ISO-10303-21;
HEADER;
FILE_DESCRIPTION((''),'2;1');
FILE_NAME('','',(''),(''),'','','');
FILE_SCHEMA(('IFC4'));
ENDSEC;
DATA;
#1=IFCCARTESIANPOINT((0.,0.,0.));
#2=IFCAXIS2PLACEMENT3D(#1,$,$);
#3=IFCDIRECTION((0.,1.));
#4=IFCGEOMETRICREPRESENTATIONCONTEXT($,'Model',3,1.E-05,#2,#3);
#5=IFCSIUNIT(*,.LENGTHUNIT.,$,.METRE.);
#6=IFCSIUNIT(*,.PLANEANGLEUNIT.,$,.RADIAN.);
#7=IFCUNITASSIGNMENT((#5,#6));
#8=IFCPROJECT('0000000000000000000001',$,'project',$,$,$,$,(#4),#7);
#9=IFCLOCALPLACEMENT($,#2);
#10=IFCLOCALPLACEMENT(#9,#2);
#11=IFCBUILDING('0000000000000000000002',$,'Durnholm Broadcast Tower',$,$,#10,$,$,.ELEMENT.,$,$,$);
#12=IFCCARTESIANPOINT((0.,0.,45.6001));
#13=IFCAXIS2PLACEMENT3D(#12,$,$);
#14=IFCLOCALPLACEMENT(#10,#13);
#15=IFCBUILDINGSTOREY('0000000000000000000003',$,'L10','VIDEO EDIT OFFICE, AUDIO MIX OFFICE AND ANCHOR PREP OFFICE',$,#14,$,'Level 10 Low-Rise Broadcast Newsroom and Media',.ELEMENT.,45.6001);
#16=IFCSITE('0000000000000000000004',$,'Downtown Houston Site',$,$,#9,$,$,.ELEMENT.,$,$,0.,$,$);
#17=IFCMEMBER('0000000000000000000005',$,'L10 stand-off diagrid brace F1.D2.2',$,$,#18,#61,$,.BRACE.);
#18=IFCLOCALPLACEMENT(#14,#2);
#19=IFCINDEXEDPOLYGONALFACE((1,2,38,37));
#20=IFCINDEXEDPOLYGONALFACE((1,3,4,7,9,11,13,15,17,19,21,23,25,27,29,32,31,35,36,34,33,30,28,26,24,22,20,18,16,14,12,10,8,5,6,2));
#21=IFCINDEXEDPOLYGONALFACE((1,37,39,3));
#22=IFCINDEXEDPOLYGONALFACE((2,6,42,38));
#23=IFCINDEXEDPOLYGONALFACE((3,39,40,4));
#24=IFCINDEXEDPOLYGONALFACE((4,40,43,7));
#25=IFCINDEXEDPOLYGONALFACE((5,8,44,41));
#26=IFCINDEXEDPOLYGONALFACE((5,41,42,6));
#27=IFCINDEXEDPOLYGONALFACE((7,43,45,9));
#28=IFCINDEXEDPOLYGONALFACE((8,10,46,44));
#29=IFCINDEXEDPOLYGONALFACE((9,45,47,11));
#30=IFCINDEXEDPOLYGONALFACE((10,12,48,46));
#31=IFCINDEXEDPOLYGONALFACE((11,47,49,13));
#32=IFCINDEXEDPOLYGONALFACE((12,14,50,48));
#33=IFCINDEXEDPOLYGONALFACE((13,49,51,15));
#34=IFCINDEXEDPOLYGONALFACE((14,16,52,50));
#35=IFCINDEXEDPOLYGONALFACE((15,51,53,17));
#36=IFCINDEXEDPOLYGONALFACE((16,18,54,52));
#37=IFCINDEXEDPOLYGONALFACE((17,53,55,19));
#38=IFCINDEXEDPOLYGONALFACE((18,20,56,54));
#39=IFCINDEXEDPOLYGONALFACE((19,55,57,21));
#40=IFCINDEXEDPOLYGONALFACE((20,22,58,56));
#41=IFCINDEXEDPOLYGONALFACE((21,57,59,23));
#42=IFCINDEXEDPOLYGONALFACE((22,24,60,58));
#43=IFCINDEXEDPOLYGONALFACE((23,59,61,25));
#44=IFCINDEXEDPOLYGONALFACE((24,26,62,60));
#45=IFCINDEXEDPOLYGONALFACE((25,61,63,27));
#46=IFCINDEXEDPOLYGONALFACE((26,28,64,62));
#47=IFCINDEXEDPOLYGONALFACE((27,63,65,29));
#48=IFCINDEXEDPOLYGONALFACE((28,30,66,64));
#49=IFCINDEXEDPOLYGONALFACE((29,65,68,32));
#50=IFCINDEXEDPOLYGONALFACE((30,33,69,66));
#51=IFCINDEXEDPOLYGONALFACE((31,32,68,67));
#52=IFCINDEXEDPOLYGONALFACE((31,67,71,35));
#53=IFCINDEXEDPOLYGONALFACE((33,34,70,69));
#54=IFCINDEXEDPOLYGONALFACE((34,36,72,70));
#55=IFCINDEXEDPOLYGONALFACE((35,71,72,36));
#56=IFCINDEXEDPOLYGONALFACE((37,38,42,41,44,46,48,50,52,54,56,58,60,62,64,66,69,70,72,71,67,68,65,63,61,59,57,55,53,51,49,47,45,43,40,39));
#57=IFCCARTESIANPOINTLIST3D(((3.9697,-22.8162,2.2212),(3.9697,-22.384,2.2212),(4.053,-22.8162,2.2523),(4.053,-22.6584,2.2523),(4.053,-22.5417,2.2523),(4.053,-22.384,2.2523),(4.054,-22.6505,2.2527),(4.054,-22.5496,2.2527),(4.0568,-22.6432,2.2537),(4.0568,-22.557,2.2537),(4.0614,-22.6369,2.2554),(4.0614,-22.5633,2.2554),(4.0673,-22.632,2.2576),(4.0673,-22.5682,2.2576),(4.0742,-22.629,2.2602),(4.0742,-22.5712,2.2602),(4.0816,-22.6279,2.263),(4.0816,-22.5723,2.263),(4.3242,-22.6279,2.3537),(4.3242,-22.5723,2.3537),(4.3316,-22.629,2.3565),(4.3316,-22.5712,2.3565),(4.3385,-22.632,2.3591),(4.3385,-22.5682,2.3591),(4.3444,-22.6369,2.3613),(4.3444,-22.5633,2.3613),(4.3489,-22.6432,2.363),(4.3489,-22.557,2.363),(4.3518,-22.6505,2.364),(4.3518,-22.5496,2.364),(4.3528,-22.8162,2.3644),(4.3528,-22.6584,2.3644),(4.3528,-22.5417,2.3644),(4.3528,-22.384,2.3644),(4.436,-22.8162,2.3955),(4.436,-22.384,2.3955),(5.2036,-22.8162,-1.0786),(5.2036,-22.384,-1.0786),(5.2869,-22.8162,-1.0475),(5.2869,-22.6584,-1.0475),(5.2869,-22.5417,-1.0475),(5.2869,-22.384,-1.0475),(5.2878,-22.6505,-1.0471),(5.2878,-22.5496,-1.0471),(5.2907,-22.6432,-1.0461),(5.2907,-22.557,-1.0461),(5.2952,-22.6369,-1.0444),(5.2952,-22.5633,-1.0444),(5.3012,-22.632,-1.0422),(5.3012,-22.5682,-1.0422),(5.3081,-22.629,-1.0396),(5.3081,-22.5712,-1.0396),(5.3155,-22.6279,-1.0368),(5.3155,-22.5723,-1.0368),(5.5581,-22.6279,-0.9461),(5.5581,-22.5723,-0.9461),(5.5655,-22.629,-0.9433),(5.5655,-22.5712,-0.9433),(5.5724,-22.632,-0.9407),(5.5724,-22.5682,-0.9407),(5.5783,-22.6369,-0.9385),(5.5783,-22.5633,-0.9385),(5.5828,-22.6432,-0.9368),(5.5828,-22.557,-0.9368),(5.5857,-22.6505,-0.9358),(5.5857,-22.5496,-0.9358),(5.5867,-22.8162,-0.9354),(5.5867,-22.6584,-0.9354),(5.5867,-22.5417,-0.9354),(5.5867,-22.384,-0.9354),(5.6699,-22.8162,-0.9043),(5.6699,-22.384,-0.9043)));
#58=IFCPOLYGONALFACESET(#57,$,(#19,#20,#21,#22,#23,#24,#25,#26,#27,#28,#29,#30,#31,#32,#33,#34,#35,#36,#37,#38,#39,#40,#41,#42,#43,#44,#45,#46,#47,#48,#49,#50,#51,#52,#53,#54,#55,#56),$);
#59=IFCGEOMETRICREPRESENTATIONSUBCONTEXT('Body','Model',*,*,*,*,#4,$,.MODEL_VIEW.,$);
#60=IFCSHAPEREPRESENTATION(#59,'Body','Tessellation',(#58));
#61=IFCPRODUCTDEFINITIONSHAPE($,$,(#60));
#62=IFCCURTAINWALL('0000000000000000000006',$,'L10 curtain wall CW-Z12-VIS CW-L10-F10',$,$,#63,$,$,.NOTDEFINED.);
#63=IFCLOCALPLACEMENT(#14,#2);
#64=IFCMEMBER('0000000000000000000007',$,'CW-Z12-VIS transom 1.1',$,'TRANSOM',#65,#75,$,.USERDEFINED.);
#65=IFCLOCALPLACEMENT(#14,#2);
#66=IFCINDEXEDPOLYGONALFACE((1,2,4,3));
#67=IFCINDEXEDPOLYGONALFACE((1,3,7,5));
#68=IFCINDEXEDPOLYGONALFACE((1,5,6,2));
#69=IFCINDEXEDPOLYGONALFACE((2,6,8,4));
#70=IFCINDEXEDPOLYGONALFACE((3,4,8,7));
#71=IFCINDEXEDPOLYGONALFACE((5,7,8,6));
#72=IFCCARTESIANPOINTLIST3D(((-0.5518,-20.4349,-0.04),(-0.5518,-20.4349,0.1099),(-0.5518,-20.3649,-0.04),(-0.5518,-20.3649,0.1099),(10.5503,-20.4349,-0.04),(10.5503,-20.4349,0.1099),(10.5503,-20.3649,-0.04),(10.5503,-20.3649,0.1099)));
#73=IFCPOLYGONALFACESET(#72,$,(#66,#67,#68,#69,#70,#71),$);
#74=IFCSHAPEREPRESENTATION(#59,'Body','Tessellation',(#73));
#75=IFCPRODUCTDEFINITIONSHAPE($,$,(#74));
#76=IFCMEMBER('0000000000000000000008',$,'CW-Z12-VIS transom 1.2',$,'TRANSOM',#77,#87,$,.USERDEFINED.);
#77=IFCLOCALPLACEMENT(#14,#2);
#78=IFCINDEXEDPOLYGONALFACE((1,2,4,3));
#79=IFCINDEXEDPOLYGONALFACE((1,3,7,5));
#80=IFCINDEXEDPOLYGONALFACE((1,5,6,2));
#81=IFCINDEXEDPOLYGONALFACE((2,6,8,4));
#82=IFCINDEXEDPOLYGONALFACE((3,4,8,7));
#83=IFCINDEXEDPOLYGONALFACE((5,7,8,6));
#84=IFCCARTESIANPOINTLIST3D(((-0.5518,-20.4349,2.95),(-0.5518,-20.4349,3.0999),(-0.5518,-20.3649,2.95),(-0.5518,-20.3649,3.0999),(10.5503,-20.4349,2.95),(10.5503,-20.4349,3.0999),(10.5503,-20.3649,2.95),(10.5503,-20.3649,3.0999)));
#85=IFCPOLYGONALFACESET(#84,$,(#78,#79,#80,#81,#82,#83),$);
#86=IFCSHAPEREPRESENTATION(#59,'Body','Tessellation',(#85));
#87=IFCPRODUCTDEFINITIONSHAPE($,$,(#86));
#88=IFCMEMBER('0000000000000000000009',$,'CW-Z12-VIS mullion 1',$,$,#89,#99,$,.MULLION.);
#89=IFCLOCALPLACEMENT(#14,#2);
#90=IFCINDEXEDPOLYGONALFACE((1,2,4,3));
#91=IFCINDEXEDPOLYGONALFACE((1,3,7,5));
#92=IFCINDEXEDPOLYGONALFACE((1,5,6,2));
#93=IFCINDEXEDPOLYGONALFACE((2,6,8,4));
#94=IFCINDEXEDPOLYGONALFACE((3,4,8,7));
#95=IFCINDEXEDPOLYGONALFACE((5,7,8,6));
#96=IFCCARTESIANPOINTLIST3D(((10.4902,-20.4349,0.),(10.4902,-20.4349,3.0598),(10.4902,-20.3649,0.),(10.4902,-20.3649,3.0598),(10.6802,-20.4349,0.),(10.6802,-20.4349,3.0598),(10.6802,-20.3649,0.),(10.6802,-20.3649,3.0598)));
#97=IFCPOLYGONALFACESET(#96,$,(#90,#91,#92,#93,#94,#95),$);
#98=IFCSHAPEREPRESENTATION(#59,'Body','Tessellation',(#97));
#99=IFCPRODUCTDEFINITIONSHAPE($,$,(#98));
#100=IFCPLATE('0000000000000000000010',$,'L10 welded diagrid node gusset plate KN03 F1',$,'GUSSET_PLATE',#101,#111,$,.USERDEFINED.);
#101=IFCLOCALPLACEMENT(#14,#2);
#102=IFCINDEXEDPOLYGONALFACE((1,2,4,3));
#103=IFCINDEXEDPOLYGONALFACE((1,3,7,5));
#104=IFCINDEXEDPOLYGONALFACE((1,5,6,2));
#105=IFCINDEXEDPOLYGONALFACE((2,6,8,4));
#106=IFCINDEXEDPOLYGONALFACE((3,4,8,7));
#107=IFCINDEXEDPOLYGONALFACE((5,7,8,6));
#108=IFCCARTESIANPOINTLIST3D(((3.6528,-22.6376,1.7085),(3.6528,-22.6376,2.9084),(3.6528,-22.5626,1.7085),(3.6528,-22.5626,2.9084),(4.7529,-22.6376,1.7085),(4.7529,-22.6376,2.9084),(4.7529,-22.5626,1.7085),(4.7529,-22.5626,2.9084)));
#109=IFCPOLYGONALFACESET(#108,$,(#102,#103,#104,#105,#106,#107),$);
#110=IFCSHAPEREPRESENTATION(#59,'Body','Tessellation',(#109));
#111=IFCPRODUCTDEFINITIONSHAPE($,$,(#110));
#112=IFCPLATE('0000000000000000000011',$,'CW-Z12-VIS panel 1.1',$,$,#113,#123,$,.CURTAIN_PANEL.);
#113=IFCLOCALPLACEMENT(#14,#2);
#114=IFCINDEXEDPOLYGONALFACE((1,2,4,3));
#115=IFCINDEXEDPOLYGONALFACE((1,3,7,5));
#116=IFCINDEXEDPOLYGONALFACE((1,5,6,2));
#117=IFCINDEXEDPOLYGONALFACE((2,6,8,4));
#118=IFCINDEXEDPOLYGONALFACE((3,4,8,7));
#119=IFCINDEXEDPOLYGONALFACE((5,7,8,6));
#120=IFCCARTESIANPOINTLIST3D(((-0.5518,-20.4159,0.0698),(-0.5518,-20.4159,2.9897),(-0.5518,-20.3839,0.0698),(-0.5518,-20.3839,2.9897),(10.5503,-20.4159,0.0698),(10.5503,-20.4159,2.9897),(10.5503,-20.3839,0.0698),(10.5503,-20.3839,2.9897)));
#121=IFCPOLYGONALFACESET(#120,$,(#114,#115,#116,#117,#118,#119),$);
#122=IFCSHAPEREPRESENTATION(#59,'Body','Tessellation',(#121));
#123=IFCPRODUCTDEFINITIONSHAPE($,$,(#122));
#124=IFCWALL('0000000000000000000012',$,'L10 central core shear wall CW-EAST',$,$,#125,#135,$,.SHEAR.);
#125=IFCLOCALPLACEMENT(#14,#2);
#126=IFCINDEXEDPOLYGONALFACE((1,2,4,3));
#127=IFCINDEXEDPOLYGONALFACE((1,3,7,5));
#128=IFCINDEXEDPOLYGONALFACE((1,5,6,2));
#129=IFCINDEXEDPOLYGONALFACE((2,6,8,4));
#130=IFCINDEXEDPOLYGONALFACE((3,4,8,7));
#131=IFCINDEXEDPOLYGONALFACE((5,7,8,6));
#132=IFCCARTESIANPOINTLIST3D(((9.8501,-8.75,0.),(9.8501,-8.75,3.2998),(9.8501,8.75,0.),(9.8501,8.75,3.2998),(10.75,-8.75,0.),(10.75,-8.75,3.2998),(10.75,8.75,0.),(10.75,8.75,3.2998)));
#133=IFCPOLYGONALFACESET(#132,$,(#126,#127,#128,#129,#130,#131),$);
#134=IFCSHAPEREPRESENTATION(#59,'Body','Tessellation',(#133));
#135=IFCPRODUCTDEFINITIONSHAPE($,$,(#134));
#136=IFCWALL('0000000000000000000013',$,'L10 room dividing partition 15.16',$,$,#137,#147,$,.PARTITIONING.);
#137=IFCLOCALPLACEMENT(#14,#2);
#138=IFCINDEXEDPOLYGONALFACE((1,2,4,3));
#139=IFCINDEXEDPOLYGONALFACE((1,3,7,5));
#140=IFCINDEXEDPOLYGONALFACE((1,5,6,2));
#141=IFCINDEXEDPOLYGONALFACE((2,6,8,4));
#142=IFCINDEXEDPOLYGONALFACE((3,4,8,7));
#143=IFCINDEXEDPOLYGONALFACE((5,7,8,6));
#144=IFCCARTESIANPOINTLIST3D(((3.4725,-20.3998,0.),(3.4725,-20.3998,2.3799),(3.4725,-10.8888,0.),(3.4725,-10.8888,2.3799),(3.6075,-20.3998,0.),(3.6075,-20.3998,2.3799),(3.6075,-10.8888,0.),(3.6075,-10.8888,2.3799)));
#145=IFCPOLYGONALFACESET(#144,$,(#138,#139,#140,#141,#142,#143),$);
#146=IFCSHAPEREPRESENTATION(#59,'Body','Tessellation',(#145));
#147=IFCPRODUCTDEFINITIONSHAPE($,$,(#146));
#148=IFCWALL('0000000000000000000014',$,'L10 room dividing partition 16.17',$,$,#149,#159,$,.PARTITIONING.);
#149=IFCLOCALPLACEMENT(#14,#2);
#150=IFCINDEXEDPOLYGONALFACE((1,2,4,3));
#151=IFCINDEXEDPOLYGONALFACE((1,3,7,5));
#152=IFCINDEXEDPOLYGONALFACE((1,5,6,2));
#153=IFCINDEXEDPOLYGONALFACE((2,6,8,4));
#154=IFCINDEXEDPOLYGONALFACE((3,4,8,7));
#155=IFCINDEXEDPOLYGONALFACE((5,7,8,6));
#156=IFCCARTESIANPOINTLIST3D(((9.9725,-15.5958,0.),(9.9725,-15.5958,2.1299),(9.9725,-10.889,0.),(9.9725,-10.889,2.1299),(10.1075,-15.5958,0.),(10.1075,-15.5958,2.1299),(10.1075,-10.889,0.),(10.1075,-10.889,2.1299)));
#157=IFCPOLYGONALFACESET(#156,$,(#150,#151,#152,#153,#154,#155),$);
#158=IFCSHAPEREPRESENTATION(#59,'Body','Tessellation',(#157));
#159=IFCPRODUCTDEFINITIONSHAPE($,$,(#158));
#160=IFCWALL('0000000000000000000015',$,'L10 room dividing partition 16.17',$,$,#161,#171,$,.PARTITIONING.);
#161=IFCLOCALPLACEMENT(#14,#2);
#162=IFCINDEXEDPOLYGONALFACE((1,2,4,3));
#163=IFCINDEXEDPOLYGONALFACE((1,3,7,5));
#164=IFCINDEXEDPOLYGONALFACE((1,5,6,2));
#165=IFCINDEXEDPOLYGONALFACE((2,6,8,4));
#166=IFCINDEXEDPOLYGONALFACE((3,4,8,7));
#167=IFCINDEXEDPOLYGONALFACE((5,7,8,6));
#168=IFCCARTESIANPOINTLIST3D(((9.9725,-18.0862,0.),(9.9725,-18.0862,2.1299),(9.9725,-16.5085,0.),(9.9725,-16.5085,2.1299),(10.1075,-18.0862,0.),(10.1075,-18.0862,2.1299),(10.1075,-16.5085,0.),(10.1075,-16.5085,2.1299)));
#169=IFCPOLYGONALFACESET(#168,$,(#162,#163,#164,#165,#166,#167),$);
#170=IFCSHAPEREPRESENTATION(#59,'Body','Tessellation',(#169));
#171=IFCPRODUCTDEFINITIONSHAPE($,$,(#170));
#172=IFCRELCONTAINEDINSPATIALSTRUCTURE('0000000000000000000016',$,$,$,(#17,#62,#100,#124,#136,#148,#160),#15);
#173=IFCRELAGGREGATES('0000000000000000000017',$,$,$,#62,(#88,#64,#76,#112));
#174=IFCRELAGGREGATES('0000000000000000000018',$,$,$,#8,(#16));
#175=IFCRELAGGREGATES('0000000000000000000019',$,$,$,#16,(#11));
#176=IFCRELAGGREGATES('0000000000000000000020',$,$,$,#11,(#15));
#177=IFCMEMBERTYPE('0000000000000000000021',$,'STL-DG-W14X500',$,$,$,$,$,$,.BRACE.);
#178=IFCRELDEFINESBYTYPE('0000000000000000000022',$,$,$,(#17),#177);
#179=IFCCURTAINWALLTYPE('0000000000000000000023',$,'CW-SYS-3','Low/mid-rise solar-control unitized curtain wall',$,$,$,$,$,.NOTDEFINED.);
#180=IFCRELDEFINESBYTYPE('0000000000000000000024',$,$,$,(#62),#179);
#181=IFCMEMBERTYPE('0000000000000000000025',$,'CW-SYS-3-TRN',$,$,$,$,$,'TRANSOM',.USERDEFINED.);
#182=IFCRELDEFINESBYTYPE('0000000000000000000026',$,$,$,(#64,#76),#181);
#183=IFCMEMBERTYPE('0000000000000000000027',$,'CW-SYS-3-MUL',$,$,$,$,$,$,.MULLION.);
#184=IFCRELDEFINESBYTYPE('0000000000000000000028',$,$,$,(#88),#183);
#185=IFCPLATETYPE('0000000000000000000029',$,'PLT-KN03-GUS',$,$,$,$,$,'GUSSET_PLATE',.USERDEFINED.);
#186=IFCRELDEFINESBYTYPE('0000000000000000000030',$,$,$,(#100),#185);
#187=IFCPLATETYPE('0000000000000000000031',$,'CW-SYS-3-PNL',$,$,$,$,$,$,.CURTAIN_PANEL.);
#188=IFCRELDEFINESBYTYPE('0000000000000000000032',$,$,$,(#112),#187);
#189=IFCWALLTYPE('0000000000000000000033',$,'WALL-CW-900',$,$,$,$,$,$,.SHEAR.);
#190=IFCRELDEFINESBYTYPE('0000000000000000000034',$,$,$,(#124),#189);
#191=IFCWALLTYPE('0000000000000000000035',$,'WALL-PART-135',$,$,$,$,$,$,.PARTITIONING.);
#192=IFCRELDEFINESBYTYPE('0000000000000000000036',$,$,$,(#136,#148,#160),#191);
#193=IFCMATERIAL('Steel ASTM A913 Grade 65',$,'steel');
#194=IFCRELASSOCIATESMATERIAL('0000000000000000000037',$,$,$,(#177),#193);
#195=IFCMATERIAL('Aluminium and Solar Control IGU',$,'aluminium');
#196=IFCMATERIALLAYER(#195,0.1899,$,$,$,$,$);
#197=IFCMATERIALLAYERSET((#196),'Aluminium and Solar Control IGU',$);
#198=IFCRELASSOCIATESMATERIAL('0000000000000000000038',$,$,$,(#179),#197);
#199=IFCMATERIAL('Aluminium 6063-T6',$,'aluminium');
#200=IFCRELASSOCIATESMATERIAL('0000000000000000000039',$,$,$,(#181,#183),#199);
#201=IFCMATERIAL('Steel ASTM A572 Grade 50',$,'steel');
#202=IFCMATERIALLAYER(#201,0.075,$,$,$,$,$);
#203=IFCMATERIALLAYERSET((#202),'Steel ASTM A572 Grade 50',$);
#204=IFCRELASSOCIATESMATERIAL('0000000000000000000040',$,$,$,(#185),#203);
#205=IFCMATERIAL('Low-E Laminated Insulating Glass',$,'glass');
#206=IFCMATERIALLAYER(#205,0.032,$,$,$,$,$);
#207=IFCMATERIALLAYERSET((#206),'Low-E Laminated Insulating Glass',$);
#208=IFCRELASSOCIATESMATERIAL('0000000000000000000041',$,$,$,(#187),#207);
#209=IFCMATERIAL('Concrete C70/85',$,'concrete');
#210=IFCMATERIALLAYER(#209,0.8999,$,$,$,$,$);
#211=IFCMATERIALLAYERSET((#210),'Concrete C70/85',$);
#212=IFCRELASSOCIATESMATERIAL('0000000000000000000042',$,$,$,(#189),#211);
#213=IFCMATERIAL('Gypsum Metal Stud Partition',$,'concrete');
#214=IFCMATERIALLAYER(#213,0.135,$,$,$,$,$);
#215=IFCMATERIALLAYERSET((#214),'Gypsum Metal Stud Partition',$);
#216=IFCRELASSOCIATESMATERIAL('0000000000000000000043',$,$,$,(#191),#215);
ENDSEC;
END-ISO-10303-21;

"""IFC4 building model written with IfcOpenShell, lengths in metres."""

from ifc_helpers import new_model, si_unit, direction, frame, frame_2d, origin, origin_2d, place, context, subcontext, project, spatial, rectangle, i_section, extrude, source, transform, mapped, material, layer, layer_set, material_profile, profile_set, type_object, type_shapes, element, aggregate, save


model = new_model("IFC4")

# Units and contexts
model_context = context("Model", 3, precision=1e-05, world=origin(), true_north=direction((0.0, 1.0)))
body_context = subcontext(model_context, "Body", "Model", "MODEL_VIEW")
ifc_project = project(units=[si_unit("LENGTHUNIT", "METRE"), si_unit("PLANEANGLEUNIT", "RADIAN")], contexts=[model_context])

# Site, building, storey
site_placement = place(None, origin())
site = spatial("IfcSite", under=ifc_project, at=site_placement, Name="Downtown Houston Site", CompositionType="ELEMENT", RefElevation=0.0)
building_placement = place(site_placement, origin())
building = spatial("IfcBuilding", under=site, at=building_placement, Name="Durnholm Broadcast Tower", CompositionType="ELEMENT")
storey_placement = place(building_placement, frame((0.0, 0.0, 45.6001)))
storey = spatial("IfcBuildingStorey", under=building, at=storey_placement, Name="L10", Description="VIDEO EDIT OFFICE, AUDIO MIX OFFICE AND ANCHOR PREP OFFICE", LongName="Level 10 Low-Rise Broadcast Newsroom and Media", CompositionType="ELEMENT", Elevation=45.6001)

# Shared definitions
ifc_material_1 = material(Name="Concrete C70/85", Category="concrete")

# Member
ifc_material_2 = material(Name="Steel ASTM A913 Grade 65", Category="steel")
ifc_material_profile_1 = material_profile(ifc_material_2, i_section(OverallWidth=0.4321, OverallDepth=0.4978, WebThickness=0.0557, FlangeThickness=0.0889, FilletRadius=0.0305, at=origin_2d()), Name="W14X500")
ifc_profile_set_1 = profile_set([ifc_material_profile_1], Name="Steel ASTM A913 Grade 65")
member_type_1 = type_object("IfcMemberType", Name="STL-DG-W14X500", PredefinedType="BRACE", material=ifc_profile_set_1)
shared_shape_1 = source(origin(), body_context, "Body", "SweptSolid", [
    extrude(i_section(OverallWidth=0.4321, OverallDepth=0.4978, WebThickness=0.0557, FlangeThickness=0.0889, FilletRadius=0.0305, at=origin_2d()), origin(), (0.0, 0.0, 1.0), 3.5229),
])
type_shapes(member_type_1, [shared_shape_1])
for number, where, z_axis, x_axis, name in (
    (1, (5.4368, -22.6001, -0.9915), (-0.350242, 0.0, 0.936659), (0.0, -1.0, 0.0), "L10 stand-off diagrid brace F1.D2.2"),
):
    element("IfcMember", number, at=place(storey_placement, frame(where, z_axis=z_axis, x_axis=x_axis)), inside=storey, type_object=member_type_1, Name=name, PredefinedType="BRACE", context=body_context, shape_type="MappedRepresentation", body=[
        mapped(shared_shape_1, transform((0.0, 0.0, 0.0), x_axis=(1.0, 0.0, 0.0), y_axis=(0.0, 1.0, 0.0), z_axis=(0.0, 0.0, 1.0), scale=1.0)),
    ])

# Curtain wall, members
ifc_material_3 = material(Name="Aluminium and Solar Control IGU", Category="aluminium")
ifc_layer_1 = layer(ifc_material_3, 0.1899)
ifc_layer_set_1 = layer_set([ifc_layer_1], Name="Aluminium and Solar Control IGU")
curtain_wall_type = type_object("IfcCurtainWallType", Name="CW-SYS-3", Description="Low/mid-rise solar-control unitized curtain wall", PredefinedType="NOTDEFINED", material=ifc_layer_set_1)
curtain_wall_placement = place(storey_placement, origin())
curtain_wall = element("IfcCurtainWall", 2, at=curtain_wall_placement, inside=storey, type_object=curtain_wall_type, Name="L10 curtain wall CW-Z12-VIS CW-L10-F10", PredefinedType="NOTDEFINED")
ifc_material_4 = material(Name="Aluminium 6063-T6", Category="aluminium")
ifc_material_profile_2 = material_profile(ifc_material_4, rectangle(XDim=0.0701, YDim=0.1499, at=origin_2d()), Name="CWT70X150")
ifc_profile_set_2 = profile_set([ifc_material_profile_2], Name="Aluminium 6063-T6")
member_type_2 = type_object("IfcMemberType", Name="CW-SYS-3-TRN", ElementType="TRANSOM", PredefinedType="USERDEFINED", material=ifc_profile_set_2)
shared_shape_2 = source(origin(), body_context, "Body", "SweptSolid", [
    extrude(rectangle(XDim=0.0701, YDim=0.1499, at=origin_2d()), origin(), (0.0, 0.0, 1.0), 11.1021),
])
type_shapes(member_type_2, [shared_shape_2])
member_1_placement = place(storey_placement, frame((10.5503, -20.3999, 0.0349), z_axis=(-1.0, 0.0, 0.0), x_axis=(0.0, -1.0, 0.0)))
member_1 = element("IfcMember", 3, at=member_1_placement, type_object=member_type_2, Name="CW-Z12-VIS transom 1.1", ObjectType="TRANSOM", PredefinedType="USERDEFINED", context=body_context, shape_type="MappedRepresentation", body=[
    mapped(shared_shape_2, transform((0.0, 0.0, 0.0), x_axis=(1.0, 0.0, 0.0), y_axis=(0.0, 1.0, 0.0), z_axis=(0.0, 0.0, 1.0), scale=1.0)),
])
member_2_placement = place(storey_placement, frame((10.5503, -20.3999, 3.0249), z_axis=(-1.0, 0.0, 0.0), x_axis=(0.0, -1.0, 0.0)))
member_2 = element("IfcMember", 4, at=member_2_placement, type_object=member_type_2, Name="CW-Z12-VIS transom 1.2", ObjectType="TRANSOM", PredefinedType="USERDEFINED", context=body_context, shape_type="MappedRepresentation", body=[
    mapped(shared_shape_2, transform((0.0, 0.0, 0.0), x_axis=(1.0, 0.0, 0.0), y_axis=(0.0, 1.0, 0.0), z_axis=(0.0, 0.0, 1.0), scale=1.0)),
])
ifc_material_profile_3 = material_profile(ifc_material_4, rectangle(XDim=0.0701, YDim=0.1899, at=origin_2d()), Name="CWM70X190")
ifc_profile_set_3 = profile_set([ifc_material_profile_3], Name="Aluminium 6063-T6")
member_type_3 = type_object("IfcMemberType", Name="CW-SYS-3-MUL", PredefinedType="MULLION", material=ifc_profile_set_3)
shared_shape_3 = source(origin(), body_context, "Body", "SweptSolid", [
    extrude(rectangle(XDim=0.0701, YDim=0.1899, at=origin_2d()), origin(), (0.0, 0.0, 1.0), 3.0598),
])
type_shapes(member_type_3, [shared_shape_3])
member_3_placement = place(storey_placement, frame((10.5852, -20.3999, 0.0), z_axis=(0.0, 0.0, 1.0), x_axis=(0.0, -1.0, 0.0)))
member_3 = element("IfcMember", 5, at=member_3_placement, type_object=member_type_3, Name="CW-Z12-VIS mullion 1", PredefinedType="MULLION", context=body_context, shape_type="MappedRepresentation", body=[
    mapped(shared_shape_3, transform((0.0, 0.0, 0.0), x_axis=(1.0, 0.0, 0.0), y_axis=(0.0, 1.0, 0.0), z_axis=(0.0, 0.0, 1.0), scale=1.0)),
])

# Plates
ifc_material_5 = material(Name="Steel ASTM A572 Grade 50", Category="steel")
ifc_layer_2 = layer(ifc_material_5, 0.075)
ifc_layer_set_2 = layer_set([ifc_layer_2], Name="Steel ASTM A572 Grade 50")
plate_type_1 = type_object("IfcPlateType", Name="PLT-KN03-GUS", ElementType="GUSSET_PLATE", PredefinedType="USERDEFINED", material=ifc_layer_set_2)
shared_shape_4 = source(origin(), body_context, "Body", "SweptSolid", [
    extrude(rectangle(XDim=1.1001, YDim=0.075, at=origin_2d()), origin(), (0.0, 0.0, 1.0), 1.2),
])
type_shapes(plate_type_1, [shared_shape_4])
plate_1_placement = place(storey_placement, frame((4.2029, -22.6001, 1.7085), z_axis=(0.0, 0.0, 1.0), x_axis=(1.0, 0.0, 0.0)))
element("IfcPlate", 6, at=plate_1_placement, inside=storey, type_object=plate_type_1, Name="L10 welded diagrid node gusset plate KN03 F1", ObjectType="GUSSET_PLATE", PredefinedType="USERDEFINED", context=body_context, shape_type="MappedRepresentation", body=[
    mapped(shared_shape_4, transform((0.0, 0.0, 0.0), x_axis=(1.0, 0.0, 0.0), y_axis=(0.0, 1.0, 0.0), z_axis=(0.0, 0.0, 1.0), scale=1.0)),
])
ifc_material_6 = material(Name="Low-E Laminated Insulating Glass", Category="glass")
ifc_layer_3 = layer(ifc_material_6, 0.032)
ifc_layer_set_3 = layer_set([ifc_layer_3], Name="Low-E Laminated Insulating Glass")
plate_type_2 = type_object("IfcPlateType", Name="CW-SYS-3-PNL", PredefinedType="CURTAIN_PANEL", material=ifc_layer_set_3)
shared_shape_5 = source(origin(), body_context, "Body", "SweptSolid", [
    extrude(rectangle(XDim=11.1021, YDim=0.032, at=origin_2d()), origin(), (0.0, 0.0, 1.0), 2.9199),
])
type_shapes(plate_type_2, [shared_shape_5])
plate_2_placement = place(storey_placement, frame((4.9993, -20.3999, 0.0698), z_axis=(0.0, 0.0, 1.0), x_axis=(-1.0, 0.0, 0.0)))
plate_2 = element("IfcPlate", 7, at=plate_2_placement, type_object=plate_type_2, Name="CW-Z12-VIS panel 1.1", PredefinedType="CURTAIN_PANEL", context=body_context, shape_type="MappedRepresentation", body=[
    mapped(shared_shape_5, transform((0.0, 0.0, 0.0), x_axis=(1.0, 0.0, 0.0), y_axis=(0.0, 1.0, 0.0), z_axis=(0.0, 0.0, 1.0), scale=1.0)),
])
aggregate(curtain_wall, [member_3, member_1, member_2, plate_2])

# Walls
ifc_layer_4 = layer(ifc_material_1, 0.8999)
ifc_layer_set_4 = layer_set([ifc_layer_4], Name="Concrete C70/85")
wall_type_1 = type_object("IfcWallType", Name="WALL-CW-900", PredefinedType="SHEAR", material=ifc_layer_set_4)
wall_1_placement = place(storey_placement, frame((10.3, -8.75, 0.0), z_axis=(0.0, 0.0, 1.0), x_axis=(0.0, 1.0, 0.0)))
element("IfcWall", 8, at=wall_1_placement, inside=storey, type_object=wall_type_1, Name="L10 central core shear wall CW-EAST", PredefinedType="SHEAR", context=body_context, shape_type="SweptSolid", body=[
    extrude(rectangle(XDim=17.5, YDim=0.8999, at=frame_2d((8.75, 0.0))), origin(), (0.0, 0.0, 1.0), 3.2998),
])
ifc_material_7 = material(Name="Gypsum Metal Stud Partition", Category="concrete")
ifc_layer_5 = layer(ifc_material_7, 0.135)
ifc_layer_set_5 = layer_set([ifc_layer_5], Name="Gypsum Metal Stud Partition")
wall_type_2 = type_object("IfcWallType", Name="WALL-PART-135", PredefinedType="PARTITIONING", material=ifc_layer_set_5)
wall_2_placement = place(storey_placement, frame((3.54, -10.8889, 0.0), z_axis=(0.0, 0.0, 1.0), x_axis=(0.0, -1.0, 0.0)))
element("IfcWall", 9, at=wall_2_placement, inside=storey, type_object=wall_type_2, Name="L10 room dividing partition 15.16", PredefinedType="PARTITIONING", context=body_context, shape_type="SweptSolid", body=[
    extrude(rectangle(XDim=9.511, YDim=0.135, at=frame_2d((4.7554, 0.0))), origin(), (0.0, 0.0, 1.0), 2.3799),
])
wall_3_placement = place(storey_placement, frame((10.04, -10.8889, 0.0), z_axis=(0.0, 0.0, 1.0), x_axis=(0.0, -1.0, 0.0)))
element("IfcWall", 10, at=wall_3_placement, inside=storey, type_object=wall_type_2, Name="L10 room dividing partition 16.17", PredefinedType="PARTITIONING", context=body_context, shape_type="SweptSolid", body=[
    extrude(rectangle(XDim=4.7068, YDim=0.135, at=frame_2d((2.3535, 0.0))), origin(), (0.0, 0.0, 1.0), 2.1299),
])
wall_4_placement = place(storey_placement, frame((10.04, -16.5085, 0.0), z_axis=(0.0, 0.0, 1.0), x_axis=(0.0, -1.0, 0.0)))
element("IfcWall", 11, at=wall_4_placement, inside=storey, type_object=wall_type_2, Name="L10 room dividing partition 16.17", PredefinedType="PARTITIONING", context=body_context, shape_type="SweptSolid", body=[
    extrude(rectangle(XDim=1.5776, YDim=0.135, at=frame_2d((0.7888, 0.0))), origin(), (0.0, 0.0, 1.0), 2.1299),
])

save(model, "model.ifc")
